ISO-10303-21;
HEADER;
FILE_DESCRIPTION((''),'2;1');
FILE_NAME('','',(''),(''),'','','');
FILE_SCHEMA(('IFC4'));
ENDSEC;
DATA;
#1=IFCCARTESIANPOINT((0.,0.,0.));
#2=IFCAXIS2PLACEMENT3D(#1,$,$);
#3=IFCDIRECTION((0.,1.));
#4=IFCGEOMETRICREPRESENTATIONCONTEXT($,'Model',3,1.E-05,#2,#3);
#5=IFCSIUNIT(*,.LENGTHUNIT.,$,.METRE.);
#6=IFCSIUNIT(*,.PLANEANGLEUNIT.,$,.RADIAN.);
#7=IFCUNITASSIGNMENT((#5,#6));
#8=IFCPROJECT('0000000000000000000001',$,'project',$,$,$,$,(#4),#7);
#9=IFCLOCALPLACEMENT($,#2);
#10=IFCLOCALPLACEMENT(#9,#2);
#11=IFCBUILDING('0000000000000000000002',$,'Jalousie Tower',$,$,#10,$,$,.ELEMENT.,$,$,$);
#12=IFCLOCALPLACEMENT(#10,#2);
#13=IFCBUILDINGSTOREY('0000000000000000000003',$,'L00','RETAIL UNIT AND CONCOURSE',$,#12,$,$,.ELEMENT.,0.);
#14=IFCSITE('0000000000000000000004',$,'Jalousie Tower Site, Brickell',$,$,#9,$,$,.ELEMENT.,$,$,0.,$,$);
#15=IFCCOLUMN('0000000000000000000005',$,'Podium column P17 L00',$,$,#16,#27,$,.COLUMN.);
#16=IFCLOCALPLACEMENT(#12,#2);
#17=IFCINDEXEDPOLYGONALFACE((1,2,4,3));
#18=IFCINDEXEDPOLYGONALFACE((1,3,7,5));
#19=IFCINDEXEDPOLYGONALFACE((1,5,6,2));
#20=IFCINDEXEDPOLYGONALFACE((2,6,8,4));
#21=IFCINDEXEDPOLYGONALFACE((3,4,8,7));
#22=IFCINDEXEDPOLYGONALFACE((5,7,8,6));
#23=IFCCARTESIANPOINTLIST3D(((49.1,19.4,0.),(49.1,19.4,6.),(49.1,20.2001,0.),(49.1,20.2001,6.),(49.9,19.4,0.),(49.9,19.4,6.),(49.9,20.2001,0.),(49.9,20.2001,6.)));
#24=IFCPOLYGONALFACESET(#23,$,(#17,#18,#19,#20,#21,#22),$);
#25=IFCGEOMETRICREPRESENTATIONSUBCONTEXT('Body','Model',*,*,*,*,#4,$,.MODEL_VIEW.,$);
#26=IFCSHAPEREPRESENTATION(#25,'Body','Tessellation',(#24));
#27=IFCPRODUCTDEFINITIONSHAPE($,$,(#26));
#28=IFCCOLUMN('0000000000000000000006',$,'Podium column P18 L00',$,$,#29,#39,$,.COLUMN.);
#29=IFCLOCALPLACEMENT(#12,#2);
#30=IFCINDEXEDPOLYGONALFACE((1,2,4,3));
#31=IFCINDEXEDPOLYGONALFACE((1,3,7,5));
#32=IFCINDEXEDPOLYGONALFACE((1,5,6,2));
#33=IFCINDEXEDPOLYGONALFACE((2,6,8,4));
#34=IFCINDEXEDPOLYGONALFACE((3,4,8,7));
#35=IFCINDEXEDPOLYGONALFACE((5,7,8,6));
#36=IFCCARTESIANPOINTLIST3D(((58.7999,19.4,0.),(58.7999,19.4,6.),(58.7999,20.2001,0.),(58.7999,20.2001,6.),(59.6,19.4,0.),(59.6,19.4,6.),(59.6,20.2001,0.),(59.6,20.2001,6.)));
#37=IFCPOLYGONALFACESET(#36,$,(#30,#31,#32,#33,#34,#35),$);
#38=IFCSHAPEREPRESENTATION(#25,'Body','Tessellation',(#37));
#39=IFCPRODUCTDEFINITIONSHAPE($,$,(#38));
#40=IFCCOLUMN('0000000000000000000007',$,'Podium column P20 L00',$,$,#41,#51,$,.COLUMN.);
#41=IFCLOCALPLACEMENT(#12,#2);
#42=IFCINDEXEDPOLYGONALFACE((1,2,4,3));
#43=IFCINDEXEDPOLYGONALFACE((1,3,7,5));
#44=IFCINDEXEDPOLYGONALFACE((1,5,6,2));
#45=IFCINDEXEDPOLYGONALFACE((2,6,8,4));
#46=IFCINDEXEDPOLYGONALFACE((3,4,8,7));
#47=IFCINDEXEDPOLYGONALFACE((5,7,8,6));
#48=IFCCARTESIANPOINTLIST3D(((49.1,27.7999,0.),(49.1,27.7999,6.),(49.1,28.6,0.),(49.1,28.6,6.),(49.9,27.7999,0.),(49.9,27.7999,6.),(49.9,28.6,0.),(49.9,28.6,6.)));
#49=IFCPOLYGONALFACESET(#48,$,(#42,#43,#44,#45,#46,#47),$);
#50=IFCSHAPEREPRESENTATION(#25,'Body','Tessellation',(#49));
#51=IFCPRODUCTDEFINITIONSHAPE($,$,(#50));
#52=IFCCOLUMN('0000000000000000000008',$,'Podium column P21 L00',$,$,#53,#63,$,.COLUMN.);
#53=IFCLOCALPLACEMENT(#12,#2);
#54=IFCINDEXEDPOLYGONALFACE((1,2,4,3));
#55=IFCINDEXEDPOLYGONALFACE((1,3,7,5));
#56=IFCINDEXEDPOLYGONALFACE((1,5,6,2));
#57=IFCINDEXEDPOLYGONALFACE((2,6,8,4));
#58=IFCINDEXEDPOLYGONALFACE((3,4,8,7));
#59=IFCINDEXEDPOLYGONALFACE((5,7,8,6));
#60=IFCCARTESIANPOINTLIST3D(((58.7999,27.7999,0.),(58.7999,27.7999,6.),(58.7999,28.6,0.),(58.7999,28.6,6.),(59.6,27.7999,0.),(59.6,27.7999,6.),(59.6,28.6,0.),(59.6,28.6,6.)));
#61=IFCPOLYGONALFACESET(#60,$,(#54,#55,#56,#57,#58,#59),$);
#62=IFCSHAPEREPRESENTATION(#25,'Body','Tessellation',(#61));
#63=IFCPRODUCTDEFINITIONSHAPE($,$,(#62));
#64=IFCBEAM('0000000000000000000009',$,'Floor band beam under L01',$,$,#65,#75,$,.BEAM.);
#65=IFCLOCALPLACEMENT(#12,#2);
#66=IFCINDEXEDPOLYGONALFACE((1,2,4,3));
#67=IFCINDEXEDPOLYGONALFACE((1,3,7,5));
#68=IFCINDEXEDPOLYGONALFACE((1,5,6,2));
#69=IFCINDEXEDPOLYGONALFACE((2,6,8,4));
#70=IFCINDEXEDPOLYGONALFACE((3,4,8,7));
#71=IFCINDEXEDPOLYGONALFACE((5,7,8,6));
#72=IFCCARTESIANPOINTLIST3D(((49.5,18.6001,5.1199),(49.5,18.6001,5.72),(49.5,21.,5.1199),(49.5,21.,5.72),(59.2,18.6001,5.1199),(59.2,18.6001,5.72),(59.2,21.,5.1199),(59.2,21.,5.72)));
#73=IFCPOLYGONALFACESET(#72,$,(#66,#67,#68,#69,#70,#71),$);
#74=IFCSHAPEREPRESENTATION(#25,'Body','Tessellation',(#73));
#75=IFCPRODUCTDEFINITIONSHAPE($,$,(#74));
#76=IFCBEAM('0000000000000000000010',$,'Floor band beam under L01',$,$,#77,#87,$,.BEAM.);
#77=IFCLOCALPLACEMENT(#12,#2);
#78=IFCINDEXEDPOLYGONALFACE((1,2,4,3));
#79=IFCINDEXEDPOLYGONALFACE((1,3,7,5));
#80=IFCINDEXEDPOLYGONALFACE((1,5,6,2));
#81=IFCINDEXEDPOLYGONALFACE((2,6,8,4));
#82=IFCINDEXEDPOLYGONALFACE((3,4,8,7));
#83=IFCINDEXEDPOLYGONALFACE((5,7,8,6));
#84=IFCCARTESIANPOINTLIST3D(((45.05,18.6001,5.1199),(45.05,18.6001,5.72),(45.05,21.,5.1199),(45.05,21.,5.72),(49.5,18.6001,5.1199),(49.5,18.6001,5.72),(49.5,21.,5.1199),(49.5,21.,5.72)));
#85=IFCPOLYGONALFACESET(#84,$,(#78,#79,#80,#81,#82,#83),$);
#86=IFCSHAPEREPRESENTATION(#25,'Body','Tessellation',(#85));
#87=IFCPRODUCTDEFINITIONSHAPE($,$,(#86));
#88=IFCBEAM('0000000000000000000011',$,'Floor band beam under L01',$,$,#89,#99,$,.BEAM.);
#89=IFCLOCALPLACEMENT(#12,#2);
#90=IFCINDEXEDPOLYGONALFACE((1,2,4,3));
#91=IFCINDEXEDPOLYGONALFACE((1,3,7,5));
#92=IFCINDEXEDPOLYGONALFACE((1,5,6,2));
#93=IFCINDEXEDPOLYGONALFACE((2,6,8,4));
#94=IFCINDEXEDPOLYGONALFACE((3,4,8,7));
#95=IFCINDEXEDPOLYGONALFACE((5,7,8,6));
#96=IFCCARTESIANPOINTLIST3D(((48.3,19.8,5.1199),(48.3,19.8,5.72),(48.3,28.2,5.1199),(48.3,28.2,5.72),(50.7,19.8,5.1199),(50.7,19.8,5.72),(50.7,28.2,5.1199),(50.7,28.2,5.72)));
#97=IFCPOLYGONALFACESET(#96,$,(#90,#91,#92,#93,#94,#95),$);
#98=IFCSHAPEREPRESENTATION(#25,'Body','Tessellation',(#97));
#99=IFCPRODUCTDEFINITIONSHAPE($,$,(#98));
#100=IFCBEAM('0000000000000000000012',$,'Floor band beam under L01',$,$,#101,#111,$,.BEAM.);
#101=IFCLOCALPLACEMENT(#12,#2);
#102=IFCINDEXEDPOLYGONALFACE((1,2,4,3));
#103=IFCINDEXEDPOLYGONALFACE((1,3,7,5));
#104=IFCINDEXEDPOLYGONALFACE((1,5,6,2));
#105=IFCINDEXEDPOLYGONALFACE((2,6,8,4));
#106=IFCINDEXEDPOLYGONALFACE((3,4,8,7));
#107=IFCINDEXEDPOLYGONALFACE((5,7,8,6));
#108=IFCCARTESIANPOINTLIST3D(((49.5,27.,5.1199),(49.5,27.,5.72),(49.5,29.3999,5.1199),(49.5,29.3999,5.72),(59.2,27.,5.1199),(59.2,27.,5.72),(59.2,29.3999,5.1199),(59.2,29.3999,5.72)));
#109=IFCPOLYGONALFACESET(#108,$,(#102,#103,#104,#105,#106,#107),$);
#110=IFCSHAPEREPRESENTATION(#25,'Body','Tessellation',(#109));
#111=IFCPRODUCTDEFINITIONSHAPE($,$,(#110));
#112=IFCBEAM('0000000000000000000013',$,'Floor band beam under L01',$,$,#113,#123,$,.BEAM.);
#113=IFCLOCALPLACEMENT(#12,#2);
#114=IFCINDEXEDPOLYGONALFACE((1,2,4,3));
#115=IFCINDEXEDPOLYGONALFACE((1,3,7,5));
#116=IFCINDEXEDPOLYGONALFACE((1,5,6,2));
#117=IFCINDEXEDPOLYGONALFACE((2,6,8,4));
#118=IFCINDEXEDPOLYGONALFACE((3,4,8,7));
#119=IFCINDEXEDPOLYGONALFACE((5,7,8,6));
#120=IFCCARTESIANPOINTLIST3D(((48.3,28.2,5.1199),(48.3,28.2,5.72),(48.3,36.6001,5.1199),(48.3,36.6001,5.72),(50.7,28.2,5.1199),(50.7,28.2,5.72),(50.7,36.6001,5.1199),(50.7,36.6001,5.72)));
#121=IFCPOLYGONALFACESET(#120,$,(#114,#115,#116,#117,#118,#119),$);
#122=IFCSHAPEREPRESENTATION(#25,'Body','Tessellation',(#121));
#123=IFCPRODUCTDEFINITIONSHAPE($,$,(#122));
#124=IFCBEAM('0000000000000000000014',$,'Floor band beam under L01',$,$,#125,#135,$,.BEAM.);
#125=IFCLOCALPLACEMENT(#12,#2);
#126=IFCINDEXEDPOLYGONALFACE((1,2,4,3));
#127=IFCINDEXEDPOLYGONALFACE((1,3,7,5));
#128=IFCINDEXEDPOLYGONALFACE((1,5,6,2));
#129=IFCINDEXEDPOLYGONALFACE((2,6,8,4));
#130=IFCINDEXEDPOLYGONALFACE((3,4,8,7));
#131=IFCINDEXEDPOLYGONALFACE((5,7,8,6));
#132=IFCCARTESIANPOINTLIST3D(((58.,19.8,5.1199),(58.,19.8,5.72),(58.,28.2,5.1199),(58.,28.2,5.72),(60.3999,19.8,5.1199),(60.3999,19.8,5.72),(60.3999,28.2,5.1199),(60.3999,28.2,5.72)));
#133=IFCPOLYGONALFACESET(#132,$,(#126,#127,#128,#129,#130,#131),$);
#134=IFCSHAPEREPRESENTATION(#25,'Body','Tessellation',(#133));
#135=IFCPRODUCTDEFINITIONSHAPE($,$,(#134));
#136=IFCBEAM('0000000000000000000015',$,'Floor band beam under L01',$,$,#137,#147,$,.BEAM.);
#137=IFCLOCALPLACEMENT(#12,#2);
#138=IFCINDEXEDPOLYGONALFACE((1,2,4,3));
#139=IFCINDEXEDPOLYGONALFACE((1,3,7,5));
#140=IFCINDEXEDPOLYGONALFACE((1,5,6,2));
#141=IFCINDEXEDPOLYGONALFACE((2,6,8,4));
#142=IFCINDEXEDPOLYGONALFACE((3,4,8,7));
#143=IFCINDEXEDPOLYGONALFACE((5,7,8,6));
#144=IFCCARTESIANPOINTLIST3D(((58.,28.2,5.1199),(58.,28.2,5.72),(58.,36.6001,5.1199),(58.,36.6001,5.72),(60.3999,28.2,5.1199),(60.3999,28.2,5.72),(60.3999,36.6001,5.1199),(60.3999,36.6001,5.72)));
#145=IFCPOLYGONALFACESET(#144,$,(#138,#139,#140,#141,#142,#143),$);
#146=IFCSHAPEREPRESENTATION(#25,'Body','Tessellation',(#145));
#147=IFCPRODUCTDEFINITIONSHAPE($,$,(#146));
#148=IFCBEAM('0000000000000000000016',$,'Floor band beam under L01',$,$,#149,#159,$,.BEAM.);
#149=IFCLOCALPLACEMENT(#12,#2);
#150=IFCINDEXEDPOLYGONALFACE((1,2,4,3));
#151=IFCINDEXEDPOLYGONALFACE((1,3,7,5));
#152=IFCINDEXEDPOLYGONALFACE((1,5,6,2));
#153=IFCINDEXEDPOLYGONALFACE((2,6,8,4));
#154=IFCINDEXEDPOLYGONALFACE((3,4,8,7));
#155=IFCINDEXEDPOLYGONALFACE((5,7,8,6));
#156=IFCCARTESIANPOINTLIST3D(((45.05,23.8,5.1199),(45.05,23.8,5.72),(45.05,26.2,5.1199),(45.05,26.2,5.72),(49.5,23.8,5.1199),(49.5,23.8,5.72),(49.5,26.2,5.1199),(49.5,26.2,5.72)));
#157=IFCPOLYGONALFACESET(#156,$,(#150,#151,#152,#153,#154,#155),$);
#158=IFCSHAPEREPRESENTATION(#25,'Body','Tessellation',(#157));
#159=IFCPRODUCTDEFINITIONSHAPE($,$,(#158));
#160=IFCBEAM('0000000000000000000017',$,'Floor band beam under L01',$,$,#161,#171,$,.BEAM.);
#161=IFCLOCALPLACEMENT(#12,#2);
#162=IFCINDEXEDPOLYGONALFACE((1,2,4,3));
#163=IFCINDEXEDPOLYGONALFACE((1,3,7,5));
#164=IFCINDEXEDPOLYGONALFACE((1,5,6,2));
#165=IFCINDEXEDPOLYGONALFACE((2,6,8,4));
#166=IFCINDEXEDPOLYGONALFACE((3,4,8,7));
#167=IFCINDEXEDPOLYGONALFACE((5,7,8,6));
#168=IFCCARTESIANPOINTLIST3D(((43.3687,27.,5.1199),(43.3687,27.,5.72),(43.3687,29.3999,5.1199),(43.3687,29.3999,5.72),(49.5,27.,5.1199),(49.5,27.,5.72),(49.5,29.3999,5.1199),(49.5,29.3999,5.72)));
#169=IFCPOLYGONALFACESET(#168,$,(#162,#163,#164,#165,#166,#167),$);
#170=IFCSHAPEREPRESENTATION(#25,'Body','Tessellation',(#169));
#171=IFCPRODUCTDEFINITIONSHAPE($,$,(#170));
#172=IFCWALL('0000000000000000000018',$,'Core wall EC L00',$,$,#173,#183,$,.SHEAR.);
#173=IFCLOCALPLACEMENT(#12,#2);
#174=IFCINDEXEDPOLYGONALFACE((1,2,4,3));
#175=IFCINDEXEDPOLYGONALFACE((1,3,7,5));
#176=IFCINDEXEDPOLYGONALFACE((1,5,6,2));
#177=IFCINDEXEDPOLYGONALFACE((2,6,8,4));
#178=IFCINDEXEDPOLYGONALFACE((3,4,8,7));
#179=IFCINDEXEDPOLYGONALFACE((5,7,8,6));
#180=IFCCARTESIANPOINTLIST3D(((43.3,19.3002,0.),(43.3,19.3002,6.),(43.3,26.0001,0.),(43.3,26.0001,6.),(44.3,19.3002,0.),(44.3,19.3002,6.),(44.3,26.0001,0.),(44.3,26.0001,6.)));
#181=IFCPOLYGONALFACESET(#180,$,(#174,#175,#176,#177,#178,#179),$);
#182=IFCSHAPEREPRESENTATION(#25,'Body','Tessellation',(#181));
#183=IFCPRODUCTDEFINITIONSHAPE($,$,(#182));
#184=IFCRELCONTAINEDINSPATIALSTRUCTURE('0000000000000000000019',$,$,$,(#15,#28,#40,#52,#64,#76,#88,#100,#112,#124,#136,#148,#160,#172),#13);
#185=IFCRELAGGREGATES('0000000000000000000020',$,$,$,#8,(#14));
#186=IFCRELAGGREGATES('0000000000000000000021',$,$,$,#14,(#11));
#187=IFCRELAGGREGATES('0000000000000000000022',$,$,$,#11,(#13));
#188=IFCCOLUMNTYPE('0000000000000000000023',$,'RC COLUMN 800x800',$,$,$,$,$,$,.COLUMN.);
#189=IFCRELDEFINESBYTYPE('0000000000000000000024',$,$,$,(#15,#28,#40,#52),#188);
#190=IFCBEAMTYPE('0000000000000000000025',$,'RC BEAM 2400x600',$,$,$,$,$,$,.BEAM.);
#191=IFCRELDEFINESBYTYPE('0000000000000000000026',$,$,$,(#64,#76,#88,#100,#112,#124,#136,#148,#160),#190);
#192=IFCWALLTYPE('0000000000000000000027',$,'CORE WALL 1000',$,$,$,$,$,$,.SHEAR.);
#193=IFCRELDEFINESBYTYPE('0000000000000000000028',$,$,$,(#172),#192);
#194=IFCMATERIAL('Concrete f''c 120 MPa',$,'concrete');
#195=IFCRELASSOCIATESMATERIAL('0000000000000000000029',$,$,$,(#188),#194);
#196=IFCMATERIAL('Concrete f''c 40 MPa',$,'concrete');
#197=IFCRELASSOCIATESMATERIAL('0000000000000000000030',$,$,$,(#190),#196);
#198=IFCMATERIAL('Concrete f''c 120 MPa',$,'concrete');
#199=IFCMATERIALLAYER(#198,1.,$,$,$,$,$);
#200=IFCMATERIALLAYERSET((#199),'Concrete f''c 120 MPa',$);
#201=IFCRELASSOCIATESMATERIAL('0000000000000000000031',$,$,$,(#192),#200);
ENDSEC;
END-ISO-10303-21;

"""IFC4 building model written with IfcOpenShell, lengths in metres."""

from ifc_helpers import new_model, si_unit, direction, frame, frame_2d, origin, origin_2d, place, context, subcontext, project, spatial, rectangle, extrude, material, layer, layer_set, material_profile, profile_set, type_object, element, save


model = new_model("IFC4")

# Units and contexts
model_context = context("Model", 3, precision=1e-05, world=origin(), true_north=direction((0.0, 1.0)))
body_context = subcontext(model_context, "Body", "Model", "MODEL_VIEW")
ifc_project = project(units=[si_unit("LENGTHUNIT", "METRE"), si_unit("PLANEANGLEUNIT", "RADIAN")], contexts=[model_context])

# Site, building, storey
site_placement = place(None, origin())
site = spatial("IfcSite", under=ifc_project, at=site_placement, Name="Jalousie Tower Site, Brickell", CompositionType="ELEMENT", RefElevation=0.0)
building_placement = place(site_placement, origin())
building = spatial("IfcBuilding", under=site, at=building_placement, Name="Jalousie Tower", CompositionType="ELEMENT")
storey_placement = place(building_placement, origin())
storey = spatial("IfcBuildingStorey", under=building, at=storey_placement, Name="L00", Description="RETAIL UNIT AND CONCOURSE", CompositionType="ELEMENT", Elevation=0.0)

# Columns
ifc_material_1 = material(Name="Concrete f'c 120 MPa", Category="concrete")
ifc_material_profile_1 = material_profile(ifc_material_1, rectangle(XDim=0.8, YDim=0.8, at=origin_2d()), Name="RC 800x800")
ifc_profile_set_1 = profile_set([ifc_material_profile_1], Name="Concrete f'c 120 MPa")
column_type = type_object("IfcColumnType", Name="RC COLUMN 800x800", PredefinedType="COLUMN", material=ifc_profile_set_1)
for number, where, z_axis, x_axis, name in (
    (1, (49.5, 19.8, 0.0), (0.0, 0.0, 1.0), (1.0, 0.0, 0.0), "Podium column P17 L00"),
    (2, (59.2, 19.8, 0.0), (0.0, 0.0, 1.0), (1.0, 0.0, 0.0), "Podium column P18 L00"),
    (3, (49.5, 28.2, 0.0), (0.0, 0.0, 1.0), (1.0, 0.0, 0.0), "Podium column P20 L00"),
    (4, (59.2, 28.2, 0.0), (0.0, 0.0, 1.0), (1.0, 0.0, 0.0), "Podium column P21 L00"),
):
    element("IfcColumn", number, at=place(storey_placement, frame(where, z_axis=z_axis, x_axis=x_axis)), inside=storey, type_object=column_type, Name=name, PredefinedType="COLUMN", context=body_context, shape_type="SweptSolid", body=[
        extrude(rectangle(XDim=0.8, YDim=0.8, at=origin_2d()), origin(), (0.0, 0.0, 1.0), 6.0),
    ])

# Beams
ifc_material_2 = material(Name="Concrete f'c 40 MPa", Category="concrete")
ifc_material_profile_2 = material_profile(ifc_material_2, rectangle(XDim=2.3999, YDim=0.6001, at=origin_2d()), Name="RC 2400x600")
ifc_profile_set_2 = profile_set([ifc_material_profile_2], Name="Concrete f'c 40 MPa")
beam_type = type_object("IfcBeamType", Name="RC BEAM 2400x600", PredefinedType="BEAM", material=ifc_profile_set_2)
beam_1_placement = place(storey_placement, frame((49.5, 19.8, 5.4199), z_axis=(1.0, 0.0, 0.0), x_axis=(0.0, 1.0, 0.0)))
element("IfcBeam", 5, at=beam_1_placement, inside=storey, type_object=beam_type, Name="Floor band beam under L01", PredefinedType="BEAM", context=body_context, shape_type="SweptSolid", body=[
    extrude(rectangle(XDim=2.3999, YDim=0.6001, at=origin_2d()), origin(), (0.0, 0.0, 1.0), 9.7),
])
beam_2_placement = place(storey_placement, frame((49.5, 19.8, 5.4199), z_axis=(-1.0, 0.0, 0.0), x_axis=(0.0, -1.0, 0.0)))
element("IfcBeam", 6, at=beam_2_placement, inside=storey, type_object=beam_type, Name="Floor band beam under L01", PredefinedType="BEAM", context=body_context, shape_type="SweptSolid", body=[
    extrude(rectangle(XDim=2.3999, YDim=0.6001, at=origin_2d()), origin(), (0.0, 0.0, 1.0), 4.45),
])
beam_3_placement = place(storey_placement, frame((49.5, 19.8, 5.4199), z_axis=(0.0, 1.0, 0.0), x_axis=(-1.0, 0.0, 0.0)))
element("IfcBeam", 7, at=beam_3_placement, inside=storey, type_object=beam_type, Name="Floor band beam under L01", PredefinedType="BEAM", context=body_context, shape_type="SweptSolid", body=[
    extrude(rectangle(XDim=2.3999, YDim=0.6001, at=origin_2d()), origin(), (0.0, 0.0, 1.0), 8.3999),
])
beam_4_placement = place(storey_placement, frame((49.5, 28.2, 5.4199), z_axis=(1.0, 0.0, 0.0), x_axis=(0.0, 1.0, 0.0)))
element("IfcBeam", 8, at=beam_4_placement, inside=storey, type_object=beam_type, Name="Floor band beam under L01", PredefinedType="BEAM", context=body_context, shape_type="SweptSolid", body=[
    extrude(rectangle(XDim=2.3999, YDim=0.6001, at=origin_2d()), origin(), (0.0, 0.0, 1.0), 9.7),
])
beam_5_placement = place(storey_placement, frame((49.5, 28.2, 5.4199), z_axis=(0.0, 1.0, 0.0), x_axis=(-1.0, 0.0, 0.0)))
element("IfcBeam", 9, at=beam_5_placement, inside=storey, type_object=beam_type, Name="Floor band beam under L01", PredefinedType="BEAM", context=body_context, shape_type="SweptSolid", body=[
    extrude(rectangle(XDim=2.3999, YDim=0.6001, at=origin_2d()), origin(), (0.0, 0.0, 1.0), 8.4001),
])
beam_6_placement = place(storey_placement, frame((59.2, 19.8, 5.4199), z_axis=(0.0, 1.0, 0.0), x_axis=(-1.0, 0.0, 0.0)))
element("IfcBeam", 10, at=beam_6_placement, inside=storey, type_object=beam_type, Name="Floor band beam under L01", PredefinedType="BEAM", context=body_context, shape_type="SweptSolid", body=[
    extrude(rectangle(XDim=2.3999, YDim=0.6001, at=origin_2d()), origin(), (0.0, 0.0, 1.0), 8.3999),
])
beam_7_placement = place(storey_placement, frame((59.2, 28.2, 5.4199), z_axis=(0.0, 1.0, 0.0), x_axis=(-1.0, 0.0, 0.0)))
element("IfcBeam", 11, at=beam_7_placement, inside=storey, type_object=beam_type, Name="Floor band beam under L01", PredefinedType="BEAM", context=body_context, shape_type="SweptSolid", body=[
    extrude(rectangle(XDim=2.3999, YDim=0.6001, at=origin_2d()), origin(), (0.0, 0.0, 1.0), 8.4001),
])
beam_8_placement = place(storey_placement, frame((45.05, 25.0, 5.4199), z_axis=(1.0, 0.0, 0.0), x_axis=(0.0, 1.0, 0.0)))
element("IfcBeam", 12, at=beam_8_placement, inside=storey, type_object=beam_type, Name="Floor band beam under L01", PredefinedType="BEAM", context=body_context, shape_type="SweptSolid", body=[
    extrude(rectangle(XDim=2.3999, YDim=0.6001, at=origin_2d()), origin(), (0.0, 0.0, 1.0), 4.45),
])
beam_9_placement = place(storey_placement, frame((49.5, 28.2, 5.4199), z_axis=(-1.0, 0.0, 0.0), x_axis=(0.0, -1.0, 0.0)))
element("IfcBeam", 13, at=beam_9_placement, inside=storey, type_object=beam_type, Name="Floor band beam under L01", PredefinedType="BEAM", context=body_context, shape_type="SweptSolid", body=[
    extrude(rectangle(XDim=2.3999, YDim=0.6001, at=origin_2d()), origin(), (0.0, 0.0, 1.0), 6.1313),
])

# Wall
ifc_material_3 = material(Name="Concrete f'c 120 MPa", Category="concrete")
ifc_layer_1 = layer(ifc_material_3, 1.0)
ifc_layer_set_1 = layer_set([ifc_layer_1], Name="Concrete f'c 120 MPa")
wall_type_1 = type_object("IfcWallType", Name="CORE WALL 1000", PredefinedType="SHEAR", material=ifc_layer_set_1)
wall_1_placement = place(storey_placement, frame((43.8, 19.3, 0.0), z_axis=(0.0, 0.0, 1.0), x_axis=(0.0, 1.0, 0.0)))
element("IfcWall", 14, at=wall_1_placement, inside=storey, type_object=wall_type_1, Name="Core wall EC L00", PredefinedType="SHEAR", context=body_context, shape_type="SweptSolid", body=[
    extrude(rectangle(XDim=6.7, YDim=1.0, at=frame_2d((3.3501, 0.0))), origin(), (0.0, 0.0, 1.0), 6.0),
])

save(model, "model.ifc")
